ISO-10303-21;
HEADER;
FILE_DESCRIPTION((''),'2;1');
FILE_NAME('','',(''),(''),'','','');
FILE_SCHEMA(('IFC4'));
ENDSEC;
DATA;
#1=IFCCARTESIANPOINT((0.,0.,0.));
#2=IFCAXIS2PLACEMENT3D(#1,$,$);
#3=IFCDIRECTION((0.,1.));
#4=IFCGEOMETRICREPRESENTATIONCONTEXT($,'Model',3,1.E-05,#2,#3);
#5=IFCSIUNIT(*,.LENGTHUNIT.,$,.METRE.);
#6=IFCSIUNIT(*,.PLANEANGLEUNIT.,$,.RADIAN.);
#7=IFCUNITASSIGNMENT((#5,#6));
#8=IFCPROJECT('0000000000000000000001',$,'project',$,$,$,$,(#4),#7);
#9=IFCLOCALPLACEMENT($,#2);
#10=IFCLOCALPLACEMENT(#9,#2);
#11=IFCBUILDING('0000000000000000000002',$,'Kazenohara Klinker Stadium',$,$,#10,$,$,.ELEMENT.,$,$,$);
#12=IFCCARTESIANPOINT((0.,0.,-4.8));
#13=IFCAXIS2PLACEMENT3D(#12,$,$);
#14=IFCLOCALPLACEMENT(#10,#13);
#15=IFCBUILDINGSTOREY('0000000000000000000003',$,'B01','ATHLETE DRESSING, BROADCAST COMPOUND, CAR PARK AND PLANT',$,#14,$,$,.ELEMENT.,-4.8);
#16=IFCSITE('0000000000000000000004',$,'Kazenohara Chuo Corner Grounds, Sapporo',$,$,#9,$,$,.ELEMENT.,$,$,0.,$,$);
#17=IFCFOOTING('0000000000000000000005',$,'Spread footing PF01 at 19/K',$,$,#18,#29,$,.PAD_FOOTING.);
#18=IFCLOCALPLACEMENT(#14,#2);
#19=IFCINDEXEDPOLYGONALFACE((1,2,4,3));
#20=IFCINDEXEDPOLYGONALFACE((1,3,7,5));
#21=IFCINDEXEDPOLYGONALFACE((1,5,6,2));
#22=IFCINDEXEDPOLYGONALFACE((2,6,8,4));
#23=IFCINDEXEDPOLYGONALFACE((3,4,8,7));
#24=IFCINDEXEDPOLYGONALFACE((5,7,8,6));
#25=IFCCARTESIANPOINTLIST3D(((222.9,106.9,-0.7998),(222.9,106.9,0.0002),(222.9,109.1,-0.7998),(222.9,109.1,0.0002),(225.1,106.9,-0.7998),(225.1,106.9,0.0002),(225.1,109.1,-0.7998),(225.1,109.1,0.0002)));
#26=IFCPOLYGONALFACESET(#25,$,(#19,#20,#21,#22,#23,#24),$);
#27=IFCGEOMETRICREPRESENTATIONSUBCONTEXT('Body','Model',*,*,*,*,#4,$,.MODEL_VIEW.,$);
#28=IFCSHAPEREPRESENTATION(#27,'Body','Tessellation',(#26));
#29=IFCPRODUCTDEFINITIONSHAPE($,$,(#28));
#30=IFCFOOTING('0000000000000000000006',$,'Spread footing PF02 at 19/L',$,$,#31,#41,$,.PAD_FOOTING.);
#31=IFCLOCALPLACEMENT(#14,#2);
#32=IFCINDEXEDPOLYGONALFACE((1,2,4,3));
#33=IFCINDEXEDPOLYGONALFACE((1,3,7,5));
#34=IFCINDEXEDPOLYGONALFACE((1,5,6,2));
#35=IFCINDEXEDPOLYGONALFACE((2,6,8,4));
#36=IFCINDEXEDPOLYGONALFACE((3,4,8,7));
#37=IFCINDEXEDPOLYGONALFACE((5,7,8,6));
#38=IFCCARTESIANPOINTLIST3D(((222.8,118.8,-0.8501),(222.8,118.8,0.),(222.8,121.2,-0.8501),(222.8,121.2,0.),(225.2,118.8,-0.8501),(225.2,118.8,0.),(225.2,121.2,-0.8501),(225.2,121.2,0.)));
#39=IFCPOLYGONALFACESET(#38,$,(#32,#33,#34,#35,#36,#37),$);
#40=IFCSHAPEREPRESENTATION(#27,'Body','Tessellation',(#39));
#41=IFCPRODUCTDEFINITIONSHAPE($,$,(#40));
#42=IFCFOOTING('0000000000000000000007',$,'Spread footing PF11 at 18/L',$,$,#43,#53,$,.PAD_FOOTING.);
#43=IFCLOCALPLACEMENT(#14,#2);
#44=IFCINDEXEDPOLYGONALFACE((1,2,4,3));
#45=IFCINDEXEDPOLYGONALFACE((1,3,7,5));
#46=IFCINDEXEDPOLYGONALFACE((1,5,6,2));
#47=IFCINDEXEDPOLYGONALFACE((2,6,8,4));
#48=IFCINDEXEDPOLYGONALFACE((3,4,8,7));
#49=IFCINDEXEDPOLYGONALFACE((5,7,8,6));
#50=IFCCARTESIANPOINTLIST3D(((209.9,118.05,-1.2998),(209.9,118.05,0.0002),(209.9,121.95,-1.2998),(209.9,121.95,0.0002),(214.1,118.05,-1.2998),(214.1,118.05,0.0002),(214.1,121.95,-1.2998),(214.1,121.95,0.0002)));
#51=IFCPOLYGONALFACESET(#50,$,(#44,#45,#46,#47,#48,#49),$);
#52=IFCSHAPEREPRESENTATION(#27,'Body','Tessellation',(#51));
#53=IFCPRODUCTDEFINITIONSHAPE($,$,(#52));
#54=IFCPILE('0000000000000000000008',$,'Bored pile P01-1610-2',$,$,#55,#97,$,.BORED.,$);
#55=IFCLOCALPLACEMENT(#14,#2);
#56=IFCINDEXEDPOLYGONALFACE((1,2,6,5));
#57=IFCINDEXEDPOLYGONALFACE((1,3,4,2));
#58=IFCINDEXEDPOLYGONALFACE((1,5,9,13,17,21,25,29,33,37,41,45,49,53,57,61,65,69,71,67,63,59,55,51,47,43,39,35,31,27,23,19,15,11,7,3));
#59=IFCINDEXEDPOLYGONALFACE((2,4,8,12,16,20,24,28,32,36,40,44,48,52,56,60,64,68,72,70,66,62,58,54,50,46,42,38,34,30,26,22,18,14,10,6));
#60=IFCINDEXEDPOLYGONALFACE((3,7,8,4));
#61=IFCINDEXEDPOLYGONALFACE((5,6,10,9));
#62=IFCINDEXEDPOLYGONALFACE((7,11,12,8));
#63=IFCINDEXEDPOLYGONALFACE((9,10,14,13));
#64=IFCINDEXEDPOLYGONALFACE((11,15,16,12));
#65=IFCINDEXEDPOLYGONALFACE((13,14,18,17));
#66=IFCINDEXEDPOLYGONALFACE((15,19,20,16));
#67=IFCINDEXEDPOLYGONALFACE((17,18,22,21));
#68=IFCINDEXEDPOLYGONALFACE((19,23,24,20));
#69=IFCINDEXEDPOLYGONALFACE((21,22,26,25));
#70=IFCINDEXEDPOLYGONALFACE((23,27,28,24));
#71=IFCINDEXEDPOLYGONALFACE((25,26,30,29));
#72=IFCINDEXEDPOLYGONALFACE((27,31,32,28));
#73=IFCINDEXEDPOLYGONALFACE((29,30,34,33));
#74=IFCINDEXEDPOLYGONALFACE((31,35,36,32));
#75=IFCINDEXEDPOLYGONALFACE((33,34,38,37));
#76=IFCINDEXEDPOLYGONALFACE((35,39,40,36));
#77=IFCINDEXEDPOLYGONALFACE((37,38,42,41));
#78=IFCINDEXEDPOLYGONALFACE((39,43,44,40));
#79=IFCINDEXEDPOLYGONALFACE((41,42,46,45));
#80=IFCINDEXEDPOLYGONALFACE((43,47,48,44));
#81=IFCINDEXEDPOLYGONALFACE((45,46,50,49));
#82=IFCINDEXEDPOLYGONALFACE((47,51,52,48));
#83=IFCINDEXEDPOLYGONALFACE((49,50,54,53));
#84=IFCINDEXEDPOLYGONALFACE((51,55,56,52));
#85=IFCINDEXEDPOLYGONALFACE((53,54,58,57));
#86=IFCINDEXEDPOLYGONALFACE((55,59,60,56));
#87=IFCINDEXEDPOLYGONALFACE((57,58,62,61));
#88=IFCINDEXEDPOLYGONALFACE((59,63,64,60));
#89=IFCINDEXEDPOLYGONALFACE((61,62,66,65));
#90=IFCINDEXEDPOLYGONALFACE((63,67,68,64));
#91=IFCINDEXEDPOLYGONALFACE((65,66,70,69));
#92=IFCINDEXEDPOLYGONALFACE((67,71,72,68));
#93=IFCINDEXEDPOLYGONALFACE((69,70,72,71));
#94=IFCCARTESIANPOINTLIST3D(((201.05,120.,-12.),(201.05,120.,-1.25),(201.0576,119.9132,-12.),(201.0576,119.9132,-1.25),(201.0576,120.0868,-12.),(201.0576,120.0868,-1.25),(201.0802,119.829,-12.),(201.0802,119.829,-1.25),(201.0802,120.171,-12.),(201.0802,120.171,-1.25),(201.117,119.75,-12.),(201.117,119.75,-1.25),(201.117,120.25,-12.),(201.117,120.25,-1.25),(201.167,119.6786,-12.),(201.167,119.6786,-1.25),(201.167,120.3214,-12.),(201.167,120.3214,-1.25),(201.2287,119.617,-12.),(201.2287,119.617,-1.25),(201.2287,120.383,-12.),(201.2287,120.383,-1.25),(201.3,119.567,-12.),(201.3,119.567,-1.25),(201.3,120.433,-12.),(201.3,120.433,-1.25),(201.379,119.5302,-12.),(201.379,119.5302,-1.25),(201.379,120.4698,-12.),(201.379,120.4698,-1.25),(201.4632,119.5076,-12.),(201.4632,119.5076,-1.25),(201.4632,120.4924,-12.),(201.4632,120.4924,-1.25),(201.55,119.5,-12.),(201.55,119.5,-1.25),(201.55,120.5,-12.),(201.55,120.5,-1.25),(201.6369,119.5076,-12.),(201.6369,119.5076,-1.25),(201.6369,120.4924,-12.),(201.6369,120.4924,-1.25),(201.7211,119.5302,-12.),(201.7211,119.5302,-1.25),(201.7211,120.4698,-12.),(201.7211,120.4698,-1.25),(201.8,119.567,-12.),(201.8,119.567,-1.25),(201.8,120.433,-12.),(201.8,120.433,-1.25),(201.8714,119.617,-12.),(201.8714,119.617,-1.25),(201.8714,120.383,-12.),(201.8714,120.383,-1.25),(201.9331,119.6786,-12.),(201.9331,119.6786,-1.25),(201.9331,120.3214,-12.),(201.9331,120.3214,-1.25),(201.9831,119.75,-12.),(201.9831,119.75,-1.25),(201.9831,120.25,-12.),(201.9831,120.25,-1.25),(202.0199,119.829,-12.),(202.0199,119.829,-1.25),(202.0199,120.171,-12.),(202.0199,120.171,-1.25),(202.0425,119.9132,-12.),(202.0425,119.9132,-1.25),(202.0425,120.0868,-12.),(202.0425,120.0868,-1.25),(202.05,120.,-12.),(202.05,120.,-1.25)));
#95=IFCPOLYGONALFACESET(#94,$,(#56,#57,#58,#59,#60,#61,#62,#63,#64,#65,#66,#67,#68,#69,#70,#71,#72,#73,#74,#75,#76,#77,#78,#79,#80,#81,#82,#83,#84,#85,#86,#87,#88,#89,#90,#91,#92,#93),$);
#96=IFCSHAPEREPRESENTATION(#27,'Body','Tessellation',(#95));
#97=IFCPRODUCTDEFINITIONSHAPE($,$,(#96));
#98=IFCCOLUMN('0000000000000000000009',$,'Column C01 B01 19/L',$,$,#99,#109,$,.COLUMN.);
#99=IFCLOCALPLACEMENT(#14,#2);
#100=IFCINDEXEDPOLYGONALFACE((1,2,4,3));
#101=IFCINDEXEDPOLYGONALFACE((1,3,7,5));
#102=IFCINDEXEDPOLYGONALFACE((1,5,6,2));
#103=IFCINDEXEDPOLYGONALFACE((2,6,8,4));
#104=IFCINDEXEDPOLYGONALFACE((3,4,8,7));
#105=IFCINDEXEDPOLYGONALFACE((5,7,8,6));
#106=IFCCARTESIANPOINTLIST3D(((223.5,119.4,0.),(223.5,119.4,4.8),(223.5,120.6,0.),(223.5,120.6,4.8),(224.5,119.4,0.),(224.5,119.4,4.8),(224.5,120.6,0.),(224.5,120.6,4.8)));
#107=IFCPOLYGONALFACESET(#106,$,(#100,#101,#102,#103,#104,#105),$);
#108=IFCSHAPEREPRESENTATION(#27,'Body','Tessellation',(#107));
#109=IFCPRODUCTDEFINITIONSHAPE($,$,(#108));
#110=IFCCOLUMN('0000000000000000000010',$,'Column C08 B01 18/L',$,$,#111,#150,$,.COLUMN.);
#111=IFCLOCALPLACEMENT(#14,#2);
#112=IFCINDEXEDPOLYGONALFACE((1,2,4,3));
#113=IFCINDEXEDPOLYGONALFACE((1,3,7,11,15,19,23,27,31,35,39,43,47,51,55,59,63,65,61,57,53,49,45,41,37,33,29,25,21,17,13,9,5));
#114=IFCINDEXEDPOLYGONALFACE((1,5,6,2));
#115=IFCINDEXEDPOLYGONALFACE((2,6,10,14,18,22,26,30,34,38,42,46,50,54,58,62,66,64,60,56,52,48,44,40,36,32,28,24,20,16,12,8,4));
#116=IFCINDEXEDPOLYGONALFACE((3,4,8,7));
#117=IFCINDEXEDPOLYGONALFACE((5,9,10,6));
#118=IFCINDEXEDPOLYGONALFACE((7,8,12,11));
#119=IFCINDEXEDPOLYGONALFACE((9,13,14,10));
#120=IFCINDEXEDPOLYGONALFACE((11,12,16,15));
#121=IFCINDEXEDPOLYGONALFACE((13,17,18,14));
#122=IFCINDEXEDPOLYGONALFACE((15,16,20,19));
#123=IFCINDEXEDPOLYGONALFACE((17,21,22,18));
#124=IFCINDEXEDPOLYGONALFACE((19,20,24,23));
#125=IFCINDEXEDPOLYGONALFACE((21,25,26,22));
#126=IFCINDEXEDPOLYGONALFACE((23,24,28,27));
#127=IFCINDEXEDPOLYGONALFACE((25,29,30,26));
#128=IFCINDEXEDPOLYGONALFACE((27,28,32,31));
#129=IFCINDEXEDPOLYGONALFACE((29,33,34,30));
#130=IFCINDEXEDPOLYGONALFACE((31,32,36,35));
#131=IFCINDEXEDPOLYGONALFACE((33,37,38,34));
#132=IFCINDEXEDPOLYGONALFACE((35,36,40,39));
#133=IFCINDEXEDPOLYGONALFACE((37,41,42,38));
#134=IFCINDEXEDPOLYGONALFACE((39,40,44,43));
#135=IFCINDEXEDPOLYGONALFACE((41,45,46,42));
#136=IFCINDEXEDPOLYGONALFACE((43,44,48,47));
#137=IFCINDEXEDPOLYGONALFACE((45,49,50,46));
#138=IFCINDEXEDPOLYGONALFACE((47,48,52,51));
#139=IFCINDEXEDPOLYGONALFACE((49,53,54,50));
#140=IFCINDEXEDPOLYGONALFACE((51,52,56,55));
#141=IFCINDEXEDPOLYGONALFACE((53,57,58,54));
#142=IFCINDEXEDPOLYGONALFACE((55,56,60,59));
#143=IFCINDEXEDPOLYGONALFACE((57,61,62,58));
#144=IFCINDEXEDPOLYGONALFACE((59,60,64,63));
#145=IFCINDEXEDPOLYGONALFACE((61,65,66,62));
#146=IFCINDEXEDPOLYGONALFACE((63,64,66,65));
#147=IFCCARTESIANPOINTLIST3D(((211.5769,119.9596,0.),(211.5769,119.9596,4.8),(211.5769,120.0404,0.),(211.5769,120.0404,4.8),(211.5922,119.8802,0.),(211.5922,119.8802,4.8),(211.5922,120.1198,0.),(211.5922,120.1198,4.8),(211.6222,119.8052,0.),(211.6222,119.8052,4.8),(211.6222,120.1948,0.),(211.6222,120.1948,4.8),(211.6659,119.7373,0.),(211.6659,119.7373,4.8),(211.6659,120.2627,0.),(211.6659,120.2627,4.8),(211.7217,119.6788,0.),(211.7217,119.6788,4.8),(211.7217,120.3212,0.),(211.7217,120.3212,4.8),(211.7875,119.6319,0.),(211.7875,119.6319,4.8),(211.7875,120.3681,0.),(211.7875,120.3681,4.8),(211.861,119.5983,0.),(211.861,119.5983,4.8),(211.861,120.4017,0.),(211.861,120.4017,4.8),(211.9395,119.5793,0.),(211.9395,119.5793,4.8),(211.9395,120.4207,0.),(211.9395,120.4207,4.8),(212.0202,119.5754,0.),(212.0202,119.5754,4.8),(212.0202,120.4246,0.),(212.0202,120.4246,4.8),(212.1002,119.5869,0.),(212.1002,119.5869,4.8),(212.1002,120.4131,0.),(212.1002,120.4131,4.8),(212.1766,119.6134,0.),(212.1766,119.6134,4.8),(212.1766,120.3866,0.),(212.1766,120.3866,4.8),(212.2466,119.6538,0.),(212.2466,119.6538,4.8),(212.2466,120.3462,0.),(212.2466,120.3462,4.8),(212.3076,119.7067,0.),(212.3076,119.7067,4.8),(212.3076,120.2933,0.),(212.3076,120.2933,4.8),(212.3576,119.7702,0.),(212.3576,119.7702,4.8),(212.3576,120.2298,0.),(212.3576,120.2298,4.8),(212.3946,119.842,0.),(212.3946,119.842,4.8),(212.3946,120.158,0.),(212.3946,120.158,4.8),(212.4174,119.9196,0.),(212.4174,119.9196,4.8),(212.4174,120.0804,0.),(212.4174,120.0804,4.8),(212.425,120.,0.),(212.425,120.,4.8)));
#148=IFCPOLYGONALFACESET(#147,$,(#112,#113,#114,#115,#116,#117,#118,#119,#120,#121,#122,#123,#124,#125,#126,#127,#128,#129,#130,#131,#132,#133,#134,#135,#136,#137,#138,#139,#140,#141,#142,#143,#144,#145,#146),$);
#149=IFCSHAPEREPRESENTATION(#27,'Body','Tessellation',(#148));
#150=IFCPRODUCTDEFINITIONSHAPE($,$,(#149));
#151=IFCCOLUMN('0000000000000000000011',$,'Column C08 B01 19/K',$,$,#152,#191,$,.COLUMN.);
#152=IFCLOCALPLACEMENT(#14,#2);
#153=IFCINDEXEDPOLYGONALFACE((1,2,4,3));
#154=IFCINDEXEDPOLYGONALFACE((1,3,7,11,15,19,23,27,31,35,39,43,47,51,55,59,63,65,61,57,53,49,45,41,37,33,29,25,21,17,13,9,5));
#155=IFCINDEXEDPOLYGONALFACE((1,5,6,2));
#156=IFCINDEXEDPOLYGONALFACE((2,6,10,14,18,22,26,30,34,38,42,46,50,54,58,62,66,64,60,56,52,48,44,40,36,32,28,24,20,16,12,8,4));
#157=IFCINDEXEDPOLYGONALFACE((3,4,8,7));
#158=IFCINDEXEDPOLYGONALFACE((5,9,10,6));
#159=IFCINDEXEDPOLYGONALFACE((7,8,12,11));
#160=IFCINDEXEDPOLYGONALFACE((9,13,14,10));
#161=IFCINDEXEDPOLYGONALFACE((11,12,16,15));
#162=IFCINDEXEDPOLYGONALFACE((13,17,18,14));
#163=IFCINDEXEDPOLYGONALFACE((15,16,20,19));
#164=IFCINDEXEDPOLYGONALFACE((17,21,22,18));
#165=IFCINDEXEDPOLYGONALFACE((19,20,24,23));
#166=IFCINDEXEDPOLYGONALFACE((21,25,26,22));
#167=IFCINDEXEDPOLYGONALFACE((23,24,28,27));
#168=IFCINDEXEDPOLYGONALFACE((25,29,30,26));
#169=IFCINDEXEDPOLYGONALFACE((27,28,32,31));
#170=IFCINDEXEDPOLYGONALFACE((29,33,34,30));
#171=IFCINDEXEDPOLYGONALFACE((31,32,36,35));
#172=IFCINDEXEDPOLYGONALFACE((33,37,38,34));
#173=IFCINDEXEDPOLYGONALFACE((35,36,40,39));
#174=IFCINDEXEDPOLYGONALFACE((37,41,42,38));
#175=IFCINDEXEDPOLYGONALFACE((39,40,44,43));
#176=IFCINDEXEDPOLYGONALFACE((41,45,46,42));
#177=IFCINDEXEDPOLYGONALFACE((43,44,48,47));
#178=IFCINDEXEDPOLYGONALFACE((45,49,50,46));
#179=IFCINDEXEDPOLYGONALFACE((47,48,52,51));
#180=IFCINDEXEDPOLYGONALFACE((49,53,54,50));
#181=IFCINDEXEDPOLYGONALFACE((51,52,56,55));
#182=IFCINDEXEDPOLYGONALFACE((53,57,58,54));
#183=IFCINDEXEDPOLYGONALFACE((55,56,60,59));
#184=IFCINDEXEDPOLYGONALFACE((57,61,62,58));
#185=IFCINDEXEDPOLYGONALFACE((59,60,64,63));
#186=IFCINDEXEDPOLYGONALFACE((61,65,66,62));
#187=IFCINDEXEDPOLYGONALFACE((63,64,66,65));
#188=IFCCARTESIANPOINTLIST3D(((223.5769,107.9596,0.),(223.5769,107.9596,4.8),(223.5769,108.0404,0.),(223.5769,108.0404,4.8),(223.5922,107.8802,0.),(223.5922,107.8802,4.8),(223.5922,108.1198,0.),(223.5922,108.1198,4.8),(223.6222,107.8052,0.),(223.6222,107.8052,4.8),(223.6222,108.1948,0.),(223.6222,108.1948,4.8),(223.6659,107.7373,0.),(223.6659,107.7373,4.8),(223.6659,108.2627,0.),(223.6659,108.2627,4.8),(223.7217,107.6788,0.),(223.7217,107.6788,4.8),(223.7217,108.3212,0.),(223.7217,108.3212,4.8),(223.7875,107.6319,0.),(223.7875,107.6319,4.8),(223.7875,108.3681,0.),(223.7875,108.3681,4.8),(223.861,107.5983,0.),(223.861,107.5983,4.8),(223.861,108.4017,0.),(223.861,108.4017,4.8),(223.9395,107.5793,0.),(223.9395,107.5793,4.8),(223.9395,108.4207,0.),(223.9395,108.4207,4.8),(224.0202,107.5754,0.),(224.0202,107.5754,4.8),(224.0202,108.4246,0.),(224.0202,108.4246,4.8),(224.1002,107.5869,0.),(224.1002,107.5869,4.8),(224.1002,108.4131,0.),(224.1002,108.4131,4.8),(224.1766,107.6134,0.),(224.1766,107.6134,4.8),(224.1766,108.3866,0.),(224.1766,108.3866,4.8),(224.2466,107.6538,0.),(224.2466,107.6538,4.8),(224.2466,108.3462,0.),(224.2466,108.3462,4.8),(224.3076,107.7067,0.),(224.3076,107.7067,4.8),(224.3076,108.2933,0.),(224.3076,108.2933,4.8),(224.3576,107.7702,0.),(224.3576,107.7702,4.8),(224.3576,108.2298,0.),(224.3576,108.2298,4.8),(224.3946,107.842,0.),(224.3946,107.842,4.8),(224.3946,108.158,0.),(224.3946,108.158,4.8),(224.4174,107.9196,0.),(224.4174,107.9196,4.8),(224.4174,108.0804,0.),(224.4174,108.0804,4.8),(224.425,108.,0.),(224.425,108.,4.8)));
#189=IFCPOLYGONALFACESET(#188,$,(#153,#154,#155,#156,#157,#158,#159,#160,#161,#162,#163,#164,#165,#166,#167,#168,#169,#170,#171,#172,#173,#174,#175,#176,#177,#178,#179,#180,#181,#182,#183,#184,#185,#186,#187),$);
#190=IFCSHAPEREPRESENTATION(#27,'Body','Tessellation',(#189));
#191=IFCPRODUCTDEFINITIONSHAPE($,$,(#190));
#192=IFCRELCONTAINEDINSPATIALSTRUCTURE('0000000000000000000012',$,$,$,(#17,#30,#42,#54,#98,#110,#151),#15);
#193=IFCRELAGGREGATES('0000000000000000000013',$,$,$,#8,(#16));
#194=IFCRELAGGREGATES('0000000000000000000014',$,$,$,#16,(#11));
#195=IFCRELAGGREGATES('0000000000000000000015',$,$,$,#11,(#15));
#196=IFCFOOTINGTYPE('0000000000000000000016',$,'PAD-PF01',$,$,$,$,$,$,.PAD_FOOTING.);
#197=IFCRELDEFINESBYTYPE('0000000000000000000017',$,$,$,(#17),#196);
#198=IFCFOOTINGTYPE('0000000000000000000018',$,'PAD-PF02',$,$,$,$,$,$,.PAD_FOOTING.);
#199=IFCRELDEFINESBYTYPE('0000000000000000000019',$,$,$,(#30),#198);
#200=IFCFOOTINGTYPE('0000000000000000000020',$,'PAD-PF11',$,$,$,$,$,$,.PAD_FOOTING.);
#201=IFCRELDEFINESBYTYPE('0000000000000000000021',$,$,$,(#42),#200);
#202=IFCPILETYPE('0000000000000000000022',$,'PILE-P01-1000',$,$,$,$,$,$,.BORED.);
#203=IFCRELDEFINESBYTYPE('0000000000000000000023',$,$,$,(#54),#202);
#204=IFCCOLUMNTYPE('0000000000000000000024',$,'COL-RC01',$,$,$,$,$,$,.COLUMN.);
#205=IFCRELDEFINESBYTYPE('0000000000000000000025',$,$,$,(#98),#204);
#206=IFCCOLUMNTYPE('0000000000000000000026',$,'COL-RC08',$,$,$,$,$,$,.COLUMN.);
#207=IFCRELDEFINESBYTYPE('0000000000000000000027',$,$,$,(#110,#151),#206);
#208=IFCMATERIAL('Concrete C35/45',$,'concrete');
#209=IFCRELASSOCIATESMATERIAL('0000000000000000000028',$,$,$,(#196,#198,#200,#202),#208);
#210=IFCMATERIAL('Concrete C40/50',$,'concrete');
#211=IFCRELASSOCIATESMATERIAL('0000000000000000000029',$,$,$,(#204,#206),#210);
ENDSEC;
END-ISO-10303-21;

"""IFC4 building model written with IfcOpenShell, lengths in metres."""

from ifc_helpers import new_model, si_unit, direction, frame, origin, origin_2d, place, context, subcontext, project, spatial, rectangle, circle, extrude, material, material_profile, profile_set, type_object, element, save


model = new_model("IFC4")

# Units and contexts
model_context = context("Model", 3, precision=1e-05, world=origin(), true_north=direction((0.0, 1.0)))
body_context = subcontext(model_context, "Body", "Model", "MODEL_VIEW")
ifc_project = project(units=[si_unit("LENGTHUNIT", "METRE"), si_unit("PLANEANGLEUNIT", "RADIAN")], contexts=[model_context])

# Site, building, storey
site_placement = place(None, origin())
site = spatial("IfcSite", under=ifc_project, at=site_placement, Name="Kazenohara Chuo Corner Grounds, Sapporo", CompositionType="ELEMENT", RefElevation=0.0)
building_placement = place(site_placement, origin())
building = spatial("IfcBuilding", under=site, at=building_placement, Name="Kazenohara Klinker Stadium", CompositionType="ELEMENT")
storey_placement = place(building_placement, frame((0.0, 0.0, -4.8)))
storey = spatial("IfcBuildingStorey", under=building, at=storey_placement, Name="B01", Description="ATHLETE DRESSING, BROADCAST COMPOUND, CAR PARK AND PLANT", CompositionType="ELEMENT", Elevation=-4.8)

# Footings
ifc_material_1 = material(Name="Concrete C35/45", Category="concrete")
footing_type_1 = type_object("IfcFootingType", Name="PAD-PF01", PredefinedType="PAD_FOOTING", material=ifc_material_1)
footing_1_placement = place(storey_placement, frame((224.0, 108.0, -0.7998), z_axis=(0.0, 0.0, 1.0), x_axis=(1.0, 0.0, 0.0)))
element("IfcFooting", 1, at=footing_1_placement, inside=storey, type_object=footing_type_1, Name="Spread footing PF01 at 19/K", PredefinedType="PAD_FOOTING", context=body_context, shape_type="SweptSolid", body=[
    extrude(rectangle(XDim=2.2, YDim=2.2, at=origin_2d()), origin(), (0.0, 0.0, 1.0), 0.8),
])
footing_type_2 = type_object("IfcFootingType", Name="PAD-PF02", PredefinedType="PAD_FOOTING", material=ifc_material_1)
footing_2_placement = place(storey_placement, frame((224.0, 120.0, -0.8501), z_axis=(0.0, 0.0, 1.0), x_axis=(1.0, 0.0, 0.0)))
element("IfcFooting", 2, at=footing_2_placement, inside=storey, type_object=footing_type_2, Name="Spread footing PF02 at 19/L", PredefinedType="PAD_FOOTING", context=body_context, shape_type="SweptSolid", body=[
    extrude(rectangle(XDim=2.3999, YDim=2.3999, at=origin_2d()), origin(), (0.0, 0.0, 1.0), 0.8501),
])
footing_type_3 = type_object("IfcFootingType", Name="PAD-PF11", PredefinedType="PAD_FOOTING", material=ifc_material_1)
footing_3_placement = place(storey_placement, frame((212.0, 120.0, -1.2998), z_axis=(0.0, 0.0, 1.0), x_axis=(1.0, 0.0, 0.0)))
element("IfcFooting", 3, at=footing_3_placement, inside=storey, type_object=footing_type_3, Name="Spread footing PF11 at 18/L", PredefinedType="PAD_FOOTING", context=body_context, shape_type="SweptSolid", body=[
    extrude(rectangle(XDim=4.2, YDim=3.8999, at=origin_2d()), origin(), (0.0, 0.0, 1.0), 1.3),
])

# Pile
ifc_material_profile_1 = material_profile(ifc_material_1, circle(Radius=0.5, at=origin_2d()), Name="BORED-PILE-1000")
ifc_profile_set_1 = profile_set([ifc_material_profile_1], Name="Concrete C35/45")
pile_type = type_object("IfcPileType", Name="PILE-P01-1000", PredefinedType="BORED", material=ifc_profile_set_1)
pile_placement = place(storey_placement, frame((201.55, 120.0, -1.25), z_axis=(0.0, 0.0, -1.0), x_axis=(1.0, 0.0, 0.0)))
element("IfcPile", 4, at=pile_placement, inside=storey, type_object=pile_type, Name="Bored pile P01-1610-2", PredefinedType="BORED", context=body_context, shape_type="SweptSolid", body=[
    extrude(circle(Radius=0.5, at=origin_2d()), origin(), (0.0, 0.0, 1.0), 10.75),
])

# Columns
ifc_material_2 = material(Name="Concrete C40/50", Category="concrete")
ifc_material_profile_2 = material_profile(ifc_material_2, rectangle(XDim=1.0, YDim=1.2, at=origin_2d()), Name="RC-COL-1200x1000")
ifc_profile_set_2 = profile_set([ifc_material_profile_2], Name="Concrete C40/50")
column_type_1 = type_object("IfcColumnType", Name="COL-RC01", PredefinedType="COLUMN", material=ifc_profile_set_2)
column_placement = place(storey_placement, frame((224.0, 120.0, 0.0), z_axis=(0.0, 0.0, 1.0), x_axis=(1.0, 0.0, 0.0)))
element("IfcColumn", 5, at=column_placement, inside=storey, type_object=column_type_1, Name="Column C01 B01 19/L", PredefinedType="COLUMN", context=body_context, shape_type="SweptSolid", body=[
    extrude(rectangle(XDim=1.0, YDim=1.2, at=origin_2d()), origin(), (0.0, 0.0, 1.0), 4.8),
])
ifc_material_profile_3 = material_profile(ifc_material_2, circle(Radius=0.425, at=origin_2d()), Name="RC-COL-D850")
ifc_profile_set_3 = profile_set([ifc_material_profile_3], Name="Concrete C40/50")
column_type_2 = type_object("IfcColumnType", Name="COL-RC08", PredefinedType="COLUMN", material=ifc_profile_set_3)
for number, where, z_axis, x_axis, name in (
    (6, (212.0, 120.0, 0.0), (0.0, 0.0, 1.0), (1.0, 0.0, 0.0), "Column C08 B01 18/L"),
    (7, (224.0, 108.0, 0.0), (0.0, 0.0, 1.0), (1.0, 0.0, 0.0), "Column C08 B01 19/K"),
):
    element("IfcColumn", number, at=place(storey_placement, frame(where, z_axis=z_axis, x_axis=x_axis)), inside=storey, type_object=column_type_2, Name=name, PredefinedType="COLUMN", context=body_context, shape_type="SweptSolid", body=[
        extrude(circle(Radius=0.425, at=origin_2d()), origin(), (0.0, 0.0, 1.0), 4.8),
    ])

save(model, "model.ifc")
